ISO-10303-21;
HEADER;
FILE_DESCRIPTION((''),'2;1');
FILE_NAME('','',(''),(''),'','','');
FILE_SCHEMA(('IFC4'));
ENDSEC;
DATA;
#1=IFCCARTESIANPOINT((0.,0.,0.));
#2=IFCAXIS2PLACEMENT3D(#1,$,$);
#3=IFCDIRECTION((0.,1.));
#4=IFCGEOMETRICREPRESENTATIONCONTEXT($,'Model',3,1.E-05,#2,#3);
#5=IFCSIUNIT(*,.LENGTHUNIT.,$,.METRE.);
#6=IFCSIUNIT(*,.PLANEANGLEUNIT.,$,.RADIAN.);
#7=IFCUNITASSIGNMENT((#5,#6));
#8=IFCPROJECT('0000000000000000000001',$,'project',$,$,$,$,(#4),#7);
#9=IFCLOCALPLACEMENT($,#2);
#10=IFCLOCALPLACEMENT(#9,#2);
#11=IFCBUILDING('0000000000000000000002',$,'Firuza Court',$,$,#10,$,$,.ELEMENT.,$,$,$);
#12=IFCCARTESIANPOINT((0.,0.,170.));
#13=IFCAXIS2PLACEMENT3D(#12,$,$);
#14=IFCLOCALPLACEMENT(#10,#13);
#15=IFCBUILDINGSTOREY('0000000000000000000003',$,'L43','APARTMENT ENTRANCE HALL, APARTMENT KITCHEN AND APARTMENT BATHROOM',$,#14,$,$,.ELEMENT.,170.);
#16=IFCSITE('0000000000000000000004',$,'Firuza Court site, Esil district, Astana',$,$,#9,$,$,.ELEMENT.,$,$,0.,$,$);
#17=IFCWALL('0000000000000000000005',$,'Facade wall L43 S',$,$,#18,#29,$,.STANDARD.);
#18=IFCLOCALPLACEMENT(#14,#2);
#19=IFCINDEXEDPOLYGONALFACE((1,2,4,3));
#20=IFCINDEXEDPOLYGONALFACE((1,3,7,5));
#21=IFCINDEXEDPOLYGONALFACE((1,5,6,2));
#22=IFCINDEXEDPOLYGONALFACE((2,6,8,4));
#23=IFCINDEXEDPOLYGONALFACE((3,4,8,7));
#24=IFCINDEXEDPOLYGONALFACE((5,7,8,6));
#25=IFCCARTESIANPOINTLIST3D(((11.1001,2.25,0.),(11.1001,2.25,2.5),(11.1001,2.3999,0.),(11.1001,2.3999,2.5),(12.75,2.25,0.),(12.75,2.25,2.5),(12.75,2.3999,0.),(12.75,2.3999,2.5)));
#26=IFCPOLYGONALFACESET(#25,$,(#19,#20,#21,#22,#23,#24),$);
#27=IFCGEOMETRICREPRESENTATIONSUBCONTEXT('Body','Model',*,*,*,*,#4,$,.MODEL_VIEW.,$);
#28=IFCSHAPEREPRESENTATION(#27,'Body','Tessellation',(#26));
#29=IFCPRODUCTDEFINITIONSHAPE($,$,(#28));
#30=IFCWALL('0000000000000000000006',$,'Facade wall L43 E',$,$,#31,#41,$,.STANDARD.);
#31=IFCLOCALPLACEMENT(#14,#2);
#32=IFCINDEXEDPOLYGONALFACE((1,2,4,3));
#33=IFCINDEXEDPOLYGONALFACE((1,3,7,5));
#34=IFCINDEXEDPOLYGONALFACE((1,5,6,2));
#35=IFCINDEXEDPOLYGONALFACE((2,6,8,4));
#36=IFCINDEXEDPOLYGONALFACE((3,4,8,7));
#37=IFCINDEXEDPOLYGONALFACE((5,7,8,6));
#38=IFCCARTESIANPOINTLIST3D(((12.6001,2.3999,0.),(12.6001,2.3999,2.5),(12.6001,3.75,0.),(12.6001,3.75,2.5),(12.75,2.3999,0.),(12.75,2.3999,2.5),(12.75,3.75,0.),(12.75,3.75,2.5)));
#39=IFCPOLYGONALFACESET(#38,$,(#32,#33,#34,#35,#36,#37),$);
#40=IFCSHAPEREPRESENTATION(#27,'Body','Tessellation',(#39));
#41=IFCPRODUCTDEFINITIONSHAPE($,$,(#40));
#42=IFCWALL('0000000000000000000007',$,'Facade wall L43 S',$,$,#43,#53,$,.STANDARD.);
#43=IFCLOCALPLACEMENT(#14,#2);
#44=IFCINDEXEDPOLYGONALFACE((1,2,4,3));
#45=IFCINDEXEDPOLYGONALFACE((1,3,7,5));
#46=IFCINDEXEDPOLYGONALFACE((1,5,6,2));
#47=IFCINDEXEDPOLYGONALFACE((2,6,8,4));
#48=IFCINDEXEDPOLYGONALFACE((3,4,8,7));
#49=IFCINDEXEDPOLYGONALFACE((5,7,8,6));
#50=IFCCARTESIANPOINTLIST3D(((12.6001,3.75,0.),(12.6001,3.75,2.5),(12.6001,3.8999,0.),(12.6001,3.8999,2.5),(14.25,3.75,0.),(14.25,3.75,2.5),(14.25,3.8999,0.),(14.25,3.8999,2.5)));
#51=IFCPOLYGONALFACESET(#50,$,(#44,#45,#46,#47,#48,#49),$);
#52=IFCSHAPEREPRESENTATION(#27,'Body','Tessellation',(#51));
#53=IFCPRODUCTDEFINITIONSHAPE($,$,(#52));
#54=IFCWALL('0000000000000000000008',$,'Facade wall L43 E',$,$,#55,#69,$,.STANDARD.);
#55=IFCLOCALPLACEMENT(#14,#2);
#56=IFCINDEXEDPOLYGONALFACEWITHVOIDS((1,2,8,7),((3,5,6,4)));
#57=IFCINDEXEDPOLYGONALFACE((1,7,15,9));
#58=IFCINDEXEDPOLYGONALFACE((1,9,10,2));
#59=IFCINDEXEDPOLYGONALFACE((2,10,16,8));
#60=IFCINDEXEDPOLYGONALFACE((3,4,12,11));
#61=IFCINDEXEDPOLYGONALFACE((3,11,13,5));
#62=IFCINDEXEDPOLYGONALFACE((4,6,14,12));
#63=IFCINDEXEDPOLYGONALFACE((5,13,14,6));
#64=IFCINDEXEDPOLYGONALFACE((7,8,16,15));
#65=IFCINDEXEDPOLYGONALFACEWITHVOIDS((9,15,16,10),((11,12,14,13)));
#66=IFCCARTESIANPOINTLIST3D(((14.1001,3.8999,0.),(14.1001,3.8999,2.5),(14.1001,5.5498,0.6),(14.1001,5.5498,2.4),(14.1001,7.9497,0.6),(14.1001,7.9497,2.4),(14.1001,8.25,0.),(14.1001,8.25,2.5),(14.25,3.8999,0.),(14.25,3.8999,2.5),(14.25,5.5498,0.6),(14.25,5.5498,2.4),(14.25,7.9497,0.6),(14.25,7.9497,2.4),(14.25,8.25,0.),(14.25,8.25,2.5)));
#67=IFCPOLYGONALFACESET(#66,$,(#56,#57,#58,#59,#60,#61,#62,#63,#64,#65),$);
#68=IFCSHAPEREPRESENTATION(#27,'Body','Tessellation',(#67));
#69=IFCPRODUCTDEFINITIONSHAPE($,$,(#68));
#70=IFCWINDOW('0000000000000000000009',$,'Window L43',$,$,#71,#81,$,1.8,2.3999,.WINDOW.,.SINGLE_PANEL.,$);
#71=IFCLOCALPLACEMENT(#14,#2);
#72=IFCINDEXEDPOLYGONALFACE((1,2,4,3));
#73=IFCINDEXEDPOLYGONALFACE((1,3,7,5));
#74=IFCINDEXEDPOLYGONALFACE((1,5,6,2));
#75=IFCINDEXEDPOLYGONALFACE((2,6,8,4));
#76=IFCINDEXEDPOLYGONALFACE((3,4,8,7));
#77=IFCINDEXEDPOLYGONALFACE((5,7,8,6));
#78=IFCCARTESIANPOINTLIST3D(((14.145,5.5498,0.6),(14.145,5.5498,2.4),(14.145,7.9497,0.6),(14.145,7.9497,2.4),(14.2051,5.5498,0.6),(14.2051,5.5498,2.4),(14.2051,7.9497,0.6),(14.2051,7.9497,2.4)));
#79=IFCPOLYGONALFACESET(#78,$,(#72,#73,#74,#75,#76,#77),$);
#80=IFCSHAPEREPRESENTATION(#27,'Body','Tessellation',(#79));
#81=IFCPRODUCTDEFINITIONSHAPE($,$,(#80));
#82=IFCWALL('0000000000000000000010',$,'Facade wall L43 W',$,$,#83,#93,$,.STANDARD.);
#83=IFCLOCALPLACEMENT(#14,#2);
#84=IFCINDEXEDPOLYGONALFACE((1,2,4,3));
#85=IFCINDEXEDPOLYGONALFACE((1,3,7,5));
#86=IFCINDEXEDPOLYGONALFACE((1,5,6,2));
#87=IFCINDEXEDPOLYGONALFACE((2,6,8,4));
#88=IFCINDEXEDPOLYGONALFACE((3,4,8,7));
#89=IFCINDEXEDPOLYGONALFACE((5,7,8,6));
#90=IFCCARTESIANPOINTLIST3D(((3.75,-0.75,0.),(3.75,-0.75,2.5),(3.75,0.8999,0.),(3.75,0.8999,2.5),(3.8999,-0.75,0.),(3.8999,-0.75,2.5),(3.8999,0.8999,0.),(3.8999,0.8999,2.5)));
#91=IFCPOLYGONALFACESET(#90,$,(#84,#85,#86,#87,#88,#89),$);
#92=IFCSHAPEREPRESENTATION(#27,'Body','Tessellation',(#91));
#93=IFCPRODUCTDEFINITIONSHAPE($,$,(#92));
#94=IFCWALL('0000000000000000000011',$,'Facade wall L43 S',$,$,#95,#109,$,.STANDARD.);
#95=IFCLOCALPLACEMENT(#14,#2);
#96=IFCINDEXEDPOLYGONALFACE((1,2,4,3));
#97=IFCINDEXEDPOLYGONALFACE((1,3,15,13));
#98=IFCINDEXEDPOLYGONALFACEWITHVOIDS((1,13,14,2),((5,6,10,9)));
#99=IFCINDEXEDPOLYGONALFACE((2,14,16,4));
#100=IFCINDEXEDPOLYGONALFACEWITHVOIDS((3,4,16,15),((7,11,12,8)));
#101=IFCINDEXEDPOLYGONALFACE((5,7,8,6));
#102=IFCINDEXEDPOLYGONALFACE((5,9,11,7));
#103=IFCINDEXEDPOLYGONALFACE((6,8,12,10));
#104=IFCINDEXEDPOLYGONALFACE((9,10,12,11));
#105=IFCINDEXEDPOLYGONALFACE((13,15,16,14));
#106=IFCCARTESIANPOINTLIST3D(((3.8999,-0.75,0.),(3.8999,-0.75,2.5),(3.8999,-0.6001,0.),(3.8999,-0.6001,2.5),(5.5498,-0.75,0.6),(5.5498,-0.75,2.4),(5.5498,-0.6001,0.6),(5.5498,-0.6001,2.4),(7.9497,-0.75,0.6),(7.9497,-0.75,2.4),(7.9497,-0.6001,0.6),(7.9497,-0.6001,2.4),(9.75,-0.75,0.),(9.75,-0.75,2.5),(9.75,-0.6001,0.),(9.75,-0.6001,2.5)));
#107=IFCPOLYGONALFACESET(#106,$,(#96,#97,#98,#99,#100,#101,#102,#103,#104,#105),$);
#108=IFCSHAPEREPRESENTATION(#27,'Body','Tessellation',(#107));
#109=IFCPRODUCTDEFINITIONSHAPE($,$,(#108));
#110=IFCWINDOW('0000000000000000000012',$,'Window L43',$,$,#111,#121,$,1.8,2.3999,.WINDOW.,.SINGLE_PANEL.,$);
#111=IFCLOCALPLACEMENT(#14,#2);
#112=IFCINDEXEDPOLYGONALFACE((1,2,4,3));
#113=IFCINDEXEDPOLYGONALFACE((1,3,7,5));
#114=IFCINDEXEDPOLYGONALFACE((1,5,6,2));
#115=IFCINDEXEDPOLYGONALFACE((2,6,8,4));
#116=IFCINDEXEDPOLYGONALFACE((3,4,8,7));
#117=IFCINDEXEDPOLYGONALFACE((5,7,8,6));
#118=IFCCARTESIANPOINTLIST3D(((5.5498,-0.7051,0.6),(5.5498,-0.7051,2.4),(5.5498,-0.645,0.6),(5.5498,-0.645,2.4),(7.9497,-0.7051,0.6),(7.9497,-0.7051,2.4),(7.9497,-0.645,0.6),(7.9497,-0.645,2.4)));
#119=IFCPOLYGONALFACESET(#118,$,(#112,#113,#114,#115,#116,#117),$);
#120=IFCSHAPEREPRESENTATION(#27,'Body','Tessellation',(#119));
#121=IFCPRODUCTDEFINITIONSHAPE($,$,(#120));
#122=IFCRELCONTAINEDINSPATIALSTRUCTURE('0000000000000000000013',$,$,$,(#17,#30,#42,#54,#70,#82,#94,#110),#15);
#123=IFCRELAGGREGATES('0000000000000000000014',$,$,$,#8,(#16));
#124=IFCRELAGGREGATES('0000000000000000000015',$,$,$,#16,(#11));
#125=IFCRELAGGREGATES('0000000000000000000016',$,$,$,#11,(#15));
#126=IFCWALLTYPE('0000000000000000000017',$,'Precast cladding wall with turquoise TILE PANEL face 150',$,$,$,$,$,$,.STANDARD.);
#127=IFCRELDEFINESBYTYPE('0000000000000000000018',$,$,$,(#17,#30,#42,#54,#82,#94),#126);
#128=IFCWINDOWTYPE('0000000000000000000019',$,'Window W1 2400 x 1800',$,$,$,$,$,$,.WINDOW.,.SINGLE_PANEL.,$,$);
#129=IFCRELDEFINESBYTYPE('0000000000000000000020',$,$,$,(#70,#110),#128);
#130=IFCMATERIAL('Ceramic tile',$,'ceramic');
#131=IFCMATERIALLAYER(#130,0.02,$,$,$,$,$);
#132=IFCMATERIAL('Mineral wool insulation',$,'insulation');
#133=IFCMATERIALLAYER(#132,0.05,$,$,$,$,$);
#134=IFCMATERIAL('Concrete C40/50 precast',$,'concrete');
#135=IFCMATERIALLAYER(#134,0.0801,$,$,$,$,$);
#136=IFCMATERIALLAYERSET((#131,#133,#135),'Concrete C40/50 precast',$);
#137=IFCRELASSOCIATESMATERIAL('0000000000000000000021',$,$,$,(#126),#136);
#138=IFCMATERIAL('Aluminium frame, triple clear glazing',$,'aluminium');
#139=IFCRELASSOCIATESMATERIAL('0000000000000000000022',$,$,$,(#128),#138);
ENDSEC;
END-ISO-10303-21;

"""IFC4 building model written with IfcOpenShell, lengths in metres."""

from ifc_helpers import new_model, si_unit, direction, frame, frame_2d, origin, place, context, subcontext, project, spatial, rectangle, extrude, material, layer, layer_set, type_object, element, fill, save


model = new_model("IFC4")

# Units and contexts
model_context = context("Model", 3, precision=1e-05, world=origin(), true_north=direction((0.0, 1.0)))
body_context = subcontext(model_context, "Body", "Model", "MODEL_VIEW")
ifc_project = project(units=[si_unit("LENGTHUNIT", "METRE"), si_unit("PLANEANGLEUNIT", "RADIAN")], contexts=[model_context])

# Site, building, storey
site_placement = place(None, origin())
site = spatial("IfcSite", under=ifc_project, at=site_placement, Name="Firuza Court site, Esil district, Astana", CompositionType="ELEMENT", RefElevation=0.0)
building_placement = place(site_placement, origin())
building = spatial("IfcBuilding", under=site, at=building_placement, Name="Firuza Court", CompositionType="ELEMENT")
storey_placement = place(building_placement, frame((0.0, 0.0, 170.0)))
storey = spatial("IfcBuildingStorey", under=building, at=storey_placement, Name="L43", Description="APARTMENT ENTRANCE HALL, APARTMENT KITCHEN AND APARTMENT BATHROOM", CompositionType="ELEMENT", Elevation=170.0)

# Walls
ifc_material_1 = material(Name="Ceramic tile", Category="ceramic")
ifc_layer_1 = layer(ifc_material_1, 0.02)
ifc_material_2 = material(Name="Mineral wool insulation", Category="insulation")
ifc_layer_2 = layer(ifc_material_2, 0.05)
ifc_material_3 = material(Name="Concrete C40/50 precast", Category="concrete")
ifc_layer_3 = layer(ifc_material_3, 0.0801)
ifc_layer_set_1 = layer_set([ifc_layer_1, ifc_layer_2, ifc_layer_3], Name="Concrete C40/50 precast")
wall_type_1 = type_object("IfcWallType", Name="Precast cladding wall with turquoise TILE PANEL face 150", PredefinedType="STANDARD", material=ifc_layer_set_1)
wall_1_placement = place(storey_placement, frame((11.1001, 2.325, 0.0), z_axis=(0.0, 0.0, 1.0), x_axis=(1.0, 0.0, 0.0)))
element("IfcWall", 1, at=wall_1_placement, inside=storey, type_object=wall_type_1, Name="Facade wall L43 S", PredefinedType="STANDARD", context=body_context, shape_type="SweptSolid", body=[
    extrude(rectangle(XDim=1.6499, YDim=0.1499, at=frame_2d((0.825, 0.0))), origin(), (0.0, 0.0, 1.0), 2.5),
])
wall_2_placement = place(storey_placement, frame((12.675, 2.3999, 0.0), z_axis=(0.0, 0.0, 1.0), x_axis=(0.0, 1.0, 0.0)))
element("IfcWall", 2, at=wall_2_placement, inside=storey, type_object=wall_type_1, Name="Facade wall L43 E", PredefinedType="STANDARD", context=body_context, shape_type="SweptSolid", body=[
    extrude(rectangle(XDim=1.3501, YDim=0.1499, at=frame_2d((0.675, 0.0))), origin(), (0.0, 0.0, 1.0), 2.5),
])
wall_3_placement = place(storey_placement, frame((12.6001, 3.825, 0.0), z_axis=(0.0, 0.0, 1.0), x_axis=(1.0, 0.0, 0.0)))
element("IfcWall", 3, at=wall_3_placement, inside=storey, type_object=wall_type_1, Name="Facade wall L43 S", PredefinedType="STANDARD", context=body_context, shape_type="SweptSolid", body=[
    extrude(rectangle(XDim=1.6499, YDim=0.1499, at=frame_2d((0.825, 0.0))), origin(), (0.0, 0.0, 1.0), 2.5),
])

# Wall, opening, window
wall_4_placement = place(storey_placement, frame((14.175, 3.8999, 0.0), z_axis=(0.0, 0.0, 1.0), x_axis=(0.0, 1.0, 0.0)))
wall_4 = element("IfcWall", 4, at=wall_4_placement, inside=storey, type_object=wall_type_1, Name="Facade wall L43 E", PredefinedType="STANDARD", context=body_context, shape_type="SweptSolid", body=[
    extrude(rectangle(XDim=4.3501, YDim=0.1499, at=frame_2d((2.175, 0.0))), origin(), (0.0, 0.0, 1.0), 2.5),
])
opening_1_placement = place(wall_4_placement, frame((1.6499, 0.0, 0.6001)))
opening_1 = element("IfcOpeningElement", 5, at=opening_1_placement, cuts=wall_4, PredefinedType="OPENING", context=body_context, shape_type="SweptSolid", body=[
    extrude(rectangle(XDim=2.3999, YDim=1.8, at=frame_2d((1.2, 0.8999))), frame((0.0, 0.0869, 0.0), z_axis=(0.0, -1.0, 0.0), x_axis=(1.0, 0.0, 0.0)), (0.0, 0.0, 1.0), 0.1738),
])
ifc_material_4 = material(Name="Aluminium frame, triple clear glazing", Category="aluminium")
window_type = type_object("IfcWindowType", Name="Window W1 2400 x 1800", PartitioningType="SINGLE_PANEL", PredefinedType="WINDOW", material=ifc_material_4)
window_1_placement = place(opening_1_placement, origin())
window_1 = element("IfcWindow", 6, at=window_1_placement, inside=storey, type_object=window_type, Name="Window L43", OverallHeight=1.8, OverallWidth=2.3999, PartitioningType="SINGLE_PANEL", PredefinedType="WINDOW", context=body_context, shape_type="SweptSolid", body=[
    extrude(rectangle(XDim=2.3999, YDim=1.8, at=frame_2d((1.2, 0.8999))), frame((0.0, 0.03, 0.0), z_axis=(0.0, -1.0, 0.0), x_axis=(1.0, 0.0, 0.0)), (0.0, 0.0, 1.0), 0.0601),
])
fill(opening_1, window_1)

# Wall
wall_5_placement = place(storey_placement, frame((3.825, 0.8999, 0.0), z_axis=(0.0, 0.0, 1.0), x_axis=(0.0, -1.0, 0.0)))
element("IfcWall", 7, at=wall_5_placement, inside=storey, type_object=wall_type_1, Name="Facade wall L43 W", PredefinedType="STANDARD", context=body_context, shape_type="SweptSolid", body=[
    extrude(rectangle(XDim=1.6499, YDim=0.1499, at=frame_2d((0.825, 0.0))), origin(), (0.0, 0.0, 1.0), 2.5),
])

# Wall, opening, window
wall_6_placement = place(storey_placement, frame((3.8999, -0.675, 0.0), z_axis=(0.0, 0.0, 1.0), x_axis=(1.0, 0.0, 0.0)))
wall_6 = element("IfcWall", 8, at=wall_6_placement, inside=storey, type_object=wall_type_1, Name="Facade wall L43 S", PredefinedType="STANDARD", context=body_context, shape_type="SweptSolid", body=[
    extrude(rectangle(XDim=5.8501, YDim=0.1499, at=frame_2d((2.925, 0.0))), origin(), (0.0, 0.0, 1.0), 2.5),
])
opening_2_placement = place(wall_6_placement, frame((1.6499, 0.0, 0.6001)))
opening_2 = element("IfcOpeningElement", 9, at=opening_2_placement, cuts=wall_6, PredefinedType="OPENING", context=body_context, shape_type="SweptSolid", body=[
    extrude(rectangle(XDim=2.3999, YDim=1.8, at=frame_2d((1.2, 0.8999))), frame((0.0, 0.0869, 0.0), z_axis=(0.0, -1.0, 0.0), x_axis=(1.0, 0.0, 0.0)), (0.0, 0.0, 1.0), 0.1738),
])
window_2_placement = place(opening_2_placement, origin())
window_2 = element("IfcWindow", 10, at=window_2_placement, inside=storey, type_object=window_type, Name="Window L43", OverallHeight=1.8, OverallWidth=2.3999, PartitioningType="SINGLE_PANEL", PredefinedType="WINDOW", context=body_context, shape_type="SweptSolid", body=[
    extrude(rectangle(XDim=2.3999, YDim=1.8, at=frame_2d((1.2, 0.8999))), frame((0.0, 0.03, 0.0), z_axis=(0.0, -1.0, 0.0), x_axis=(1.0, 0.0, 0.0)), (0.0, 0.0, 1.0), 0.0601),
])
fill(opening_2, window_2)

save(model, "model.ifc")
